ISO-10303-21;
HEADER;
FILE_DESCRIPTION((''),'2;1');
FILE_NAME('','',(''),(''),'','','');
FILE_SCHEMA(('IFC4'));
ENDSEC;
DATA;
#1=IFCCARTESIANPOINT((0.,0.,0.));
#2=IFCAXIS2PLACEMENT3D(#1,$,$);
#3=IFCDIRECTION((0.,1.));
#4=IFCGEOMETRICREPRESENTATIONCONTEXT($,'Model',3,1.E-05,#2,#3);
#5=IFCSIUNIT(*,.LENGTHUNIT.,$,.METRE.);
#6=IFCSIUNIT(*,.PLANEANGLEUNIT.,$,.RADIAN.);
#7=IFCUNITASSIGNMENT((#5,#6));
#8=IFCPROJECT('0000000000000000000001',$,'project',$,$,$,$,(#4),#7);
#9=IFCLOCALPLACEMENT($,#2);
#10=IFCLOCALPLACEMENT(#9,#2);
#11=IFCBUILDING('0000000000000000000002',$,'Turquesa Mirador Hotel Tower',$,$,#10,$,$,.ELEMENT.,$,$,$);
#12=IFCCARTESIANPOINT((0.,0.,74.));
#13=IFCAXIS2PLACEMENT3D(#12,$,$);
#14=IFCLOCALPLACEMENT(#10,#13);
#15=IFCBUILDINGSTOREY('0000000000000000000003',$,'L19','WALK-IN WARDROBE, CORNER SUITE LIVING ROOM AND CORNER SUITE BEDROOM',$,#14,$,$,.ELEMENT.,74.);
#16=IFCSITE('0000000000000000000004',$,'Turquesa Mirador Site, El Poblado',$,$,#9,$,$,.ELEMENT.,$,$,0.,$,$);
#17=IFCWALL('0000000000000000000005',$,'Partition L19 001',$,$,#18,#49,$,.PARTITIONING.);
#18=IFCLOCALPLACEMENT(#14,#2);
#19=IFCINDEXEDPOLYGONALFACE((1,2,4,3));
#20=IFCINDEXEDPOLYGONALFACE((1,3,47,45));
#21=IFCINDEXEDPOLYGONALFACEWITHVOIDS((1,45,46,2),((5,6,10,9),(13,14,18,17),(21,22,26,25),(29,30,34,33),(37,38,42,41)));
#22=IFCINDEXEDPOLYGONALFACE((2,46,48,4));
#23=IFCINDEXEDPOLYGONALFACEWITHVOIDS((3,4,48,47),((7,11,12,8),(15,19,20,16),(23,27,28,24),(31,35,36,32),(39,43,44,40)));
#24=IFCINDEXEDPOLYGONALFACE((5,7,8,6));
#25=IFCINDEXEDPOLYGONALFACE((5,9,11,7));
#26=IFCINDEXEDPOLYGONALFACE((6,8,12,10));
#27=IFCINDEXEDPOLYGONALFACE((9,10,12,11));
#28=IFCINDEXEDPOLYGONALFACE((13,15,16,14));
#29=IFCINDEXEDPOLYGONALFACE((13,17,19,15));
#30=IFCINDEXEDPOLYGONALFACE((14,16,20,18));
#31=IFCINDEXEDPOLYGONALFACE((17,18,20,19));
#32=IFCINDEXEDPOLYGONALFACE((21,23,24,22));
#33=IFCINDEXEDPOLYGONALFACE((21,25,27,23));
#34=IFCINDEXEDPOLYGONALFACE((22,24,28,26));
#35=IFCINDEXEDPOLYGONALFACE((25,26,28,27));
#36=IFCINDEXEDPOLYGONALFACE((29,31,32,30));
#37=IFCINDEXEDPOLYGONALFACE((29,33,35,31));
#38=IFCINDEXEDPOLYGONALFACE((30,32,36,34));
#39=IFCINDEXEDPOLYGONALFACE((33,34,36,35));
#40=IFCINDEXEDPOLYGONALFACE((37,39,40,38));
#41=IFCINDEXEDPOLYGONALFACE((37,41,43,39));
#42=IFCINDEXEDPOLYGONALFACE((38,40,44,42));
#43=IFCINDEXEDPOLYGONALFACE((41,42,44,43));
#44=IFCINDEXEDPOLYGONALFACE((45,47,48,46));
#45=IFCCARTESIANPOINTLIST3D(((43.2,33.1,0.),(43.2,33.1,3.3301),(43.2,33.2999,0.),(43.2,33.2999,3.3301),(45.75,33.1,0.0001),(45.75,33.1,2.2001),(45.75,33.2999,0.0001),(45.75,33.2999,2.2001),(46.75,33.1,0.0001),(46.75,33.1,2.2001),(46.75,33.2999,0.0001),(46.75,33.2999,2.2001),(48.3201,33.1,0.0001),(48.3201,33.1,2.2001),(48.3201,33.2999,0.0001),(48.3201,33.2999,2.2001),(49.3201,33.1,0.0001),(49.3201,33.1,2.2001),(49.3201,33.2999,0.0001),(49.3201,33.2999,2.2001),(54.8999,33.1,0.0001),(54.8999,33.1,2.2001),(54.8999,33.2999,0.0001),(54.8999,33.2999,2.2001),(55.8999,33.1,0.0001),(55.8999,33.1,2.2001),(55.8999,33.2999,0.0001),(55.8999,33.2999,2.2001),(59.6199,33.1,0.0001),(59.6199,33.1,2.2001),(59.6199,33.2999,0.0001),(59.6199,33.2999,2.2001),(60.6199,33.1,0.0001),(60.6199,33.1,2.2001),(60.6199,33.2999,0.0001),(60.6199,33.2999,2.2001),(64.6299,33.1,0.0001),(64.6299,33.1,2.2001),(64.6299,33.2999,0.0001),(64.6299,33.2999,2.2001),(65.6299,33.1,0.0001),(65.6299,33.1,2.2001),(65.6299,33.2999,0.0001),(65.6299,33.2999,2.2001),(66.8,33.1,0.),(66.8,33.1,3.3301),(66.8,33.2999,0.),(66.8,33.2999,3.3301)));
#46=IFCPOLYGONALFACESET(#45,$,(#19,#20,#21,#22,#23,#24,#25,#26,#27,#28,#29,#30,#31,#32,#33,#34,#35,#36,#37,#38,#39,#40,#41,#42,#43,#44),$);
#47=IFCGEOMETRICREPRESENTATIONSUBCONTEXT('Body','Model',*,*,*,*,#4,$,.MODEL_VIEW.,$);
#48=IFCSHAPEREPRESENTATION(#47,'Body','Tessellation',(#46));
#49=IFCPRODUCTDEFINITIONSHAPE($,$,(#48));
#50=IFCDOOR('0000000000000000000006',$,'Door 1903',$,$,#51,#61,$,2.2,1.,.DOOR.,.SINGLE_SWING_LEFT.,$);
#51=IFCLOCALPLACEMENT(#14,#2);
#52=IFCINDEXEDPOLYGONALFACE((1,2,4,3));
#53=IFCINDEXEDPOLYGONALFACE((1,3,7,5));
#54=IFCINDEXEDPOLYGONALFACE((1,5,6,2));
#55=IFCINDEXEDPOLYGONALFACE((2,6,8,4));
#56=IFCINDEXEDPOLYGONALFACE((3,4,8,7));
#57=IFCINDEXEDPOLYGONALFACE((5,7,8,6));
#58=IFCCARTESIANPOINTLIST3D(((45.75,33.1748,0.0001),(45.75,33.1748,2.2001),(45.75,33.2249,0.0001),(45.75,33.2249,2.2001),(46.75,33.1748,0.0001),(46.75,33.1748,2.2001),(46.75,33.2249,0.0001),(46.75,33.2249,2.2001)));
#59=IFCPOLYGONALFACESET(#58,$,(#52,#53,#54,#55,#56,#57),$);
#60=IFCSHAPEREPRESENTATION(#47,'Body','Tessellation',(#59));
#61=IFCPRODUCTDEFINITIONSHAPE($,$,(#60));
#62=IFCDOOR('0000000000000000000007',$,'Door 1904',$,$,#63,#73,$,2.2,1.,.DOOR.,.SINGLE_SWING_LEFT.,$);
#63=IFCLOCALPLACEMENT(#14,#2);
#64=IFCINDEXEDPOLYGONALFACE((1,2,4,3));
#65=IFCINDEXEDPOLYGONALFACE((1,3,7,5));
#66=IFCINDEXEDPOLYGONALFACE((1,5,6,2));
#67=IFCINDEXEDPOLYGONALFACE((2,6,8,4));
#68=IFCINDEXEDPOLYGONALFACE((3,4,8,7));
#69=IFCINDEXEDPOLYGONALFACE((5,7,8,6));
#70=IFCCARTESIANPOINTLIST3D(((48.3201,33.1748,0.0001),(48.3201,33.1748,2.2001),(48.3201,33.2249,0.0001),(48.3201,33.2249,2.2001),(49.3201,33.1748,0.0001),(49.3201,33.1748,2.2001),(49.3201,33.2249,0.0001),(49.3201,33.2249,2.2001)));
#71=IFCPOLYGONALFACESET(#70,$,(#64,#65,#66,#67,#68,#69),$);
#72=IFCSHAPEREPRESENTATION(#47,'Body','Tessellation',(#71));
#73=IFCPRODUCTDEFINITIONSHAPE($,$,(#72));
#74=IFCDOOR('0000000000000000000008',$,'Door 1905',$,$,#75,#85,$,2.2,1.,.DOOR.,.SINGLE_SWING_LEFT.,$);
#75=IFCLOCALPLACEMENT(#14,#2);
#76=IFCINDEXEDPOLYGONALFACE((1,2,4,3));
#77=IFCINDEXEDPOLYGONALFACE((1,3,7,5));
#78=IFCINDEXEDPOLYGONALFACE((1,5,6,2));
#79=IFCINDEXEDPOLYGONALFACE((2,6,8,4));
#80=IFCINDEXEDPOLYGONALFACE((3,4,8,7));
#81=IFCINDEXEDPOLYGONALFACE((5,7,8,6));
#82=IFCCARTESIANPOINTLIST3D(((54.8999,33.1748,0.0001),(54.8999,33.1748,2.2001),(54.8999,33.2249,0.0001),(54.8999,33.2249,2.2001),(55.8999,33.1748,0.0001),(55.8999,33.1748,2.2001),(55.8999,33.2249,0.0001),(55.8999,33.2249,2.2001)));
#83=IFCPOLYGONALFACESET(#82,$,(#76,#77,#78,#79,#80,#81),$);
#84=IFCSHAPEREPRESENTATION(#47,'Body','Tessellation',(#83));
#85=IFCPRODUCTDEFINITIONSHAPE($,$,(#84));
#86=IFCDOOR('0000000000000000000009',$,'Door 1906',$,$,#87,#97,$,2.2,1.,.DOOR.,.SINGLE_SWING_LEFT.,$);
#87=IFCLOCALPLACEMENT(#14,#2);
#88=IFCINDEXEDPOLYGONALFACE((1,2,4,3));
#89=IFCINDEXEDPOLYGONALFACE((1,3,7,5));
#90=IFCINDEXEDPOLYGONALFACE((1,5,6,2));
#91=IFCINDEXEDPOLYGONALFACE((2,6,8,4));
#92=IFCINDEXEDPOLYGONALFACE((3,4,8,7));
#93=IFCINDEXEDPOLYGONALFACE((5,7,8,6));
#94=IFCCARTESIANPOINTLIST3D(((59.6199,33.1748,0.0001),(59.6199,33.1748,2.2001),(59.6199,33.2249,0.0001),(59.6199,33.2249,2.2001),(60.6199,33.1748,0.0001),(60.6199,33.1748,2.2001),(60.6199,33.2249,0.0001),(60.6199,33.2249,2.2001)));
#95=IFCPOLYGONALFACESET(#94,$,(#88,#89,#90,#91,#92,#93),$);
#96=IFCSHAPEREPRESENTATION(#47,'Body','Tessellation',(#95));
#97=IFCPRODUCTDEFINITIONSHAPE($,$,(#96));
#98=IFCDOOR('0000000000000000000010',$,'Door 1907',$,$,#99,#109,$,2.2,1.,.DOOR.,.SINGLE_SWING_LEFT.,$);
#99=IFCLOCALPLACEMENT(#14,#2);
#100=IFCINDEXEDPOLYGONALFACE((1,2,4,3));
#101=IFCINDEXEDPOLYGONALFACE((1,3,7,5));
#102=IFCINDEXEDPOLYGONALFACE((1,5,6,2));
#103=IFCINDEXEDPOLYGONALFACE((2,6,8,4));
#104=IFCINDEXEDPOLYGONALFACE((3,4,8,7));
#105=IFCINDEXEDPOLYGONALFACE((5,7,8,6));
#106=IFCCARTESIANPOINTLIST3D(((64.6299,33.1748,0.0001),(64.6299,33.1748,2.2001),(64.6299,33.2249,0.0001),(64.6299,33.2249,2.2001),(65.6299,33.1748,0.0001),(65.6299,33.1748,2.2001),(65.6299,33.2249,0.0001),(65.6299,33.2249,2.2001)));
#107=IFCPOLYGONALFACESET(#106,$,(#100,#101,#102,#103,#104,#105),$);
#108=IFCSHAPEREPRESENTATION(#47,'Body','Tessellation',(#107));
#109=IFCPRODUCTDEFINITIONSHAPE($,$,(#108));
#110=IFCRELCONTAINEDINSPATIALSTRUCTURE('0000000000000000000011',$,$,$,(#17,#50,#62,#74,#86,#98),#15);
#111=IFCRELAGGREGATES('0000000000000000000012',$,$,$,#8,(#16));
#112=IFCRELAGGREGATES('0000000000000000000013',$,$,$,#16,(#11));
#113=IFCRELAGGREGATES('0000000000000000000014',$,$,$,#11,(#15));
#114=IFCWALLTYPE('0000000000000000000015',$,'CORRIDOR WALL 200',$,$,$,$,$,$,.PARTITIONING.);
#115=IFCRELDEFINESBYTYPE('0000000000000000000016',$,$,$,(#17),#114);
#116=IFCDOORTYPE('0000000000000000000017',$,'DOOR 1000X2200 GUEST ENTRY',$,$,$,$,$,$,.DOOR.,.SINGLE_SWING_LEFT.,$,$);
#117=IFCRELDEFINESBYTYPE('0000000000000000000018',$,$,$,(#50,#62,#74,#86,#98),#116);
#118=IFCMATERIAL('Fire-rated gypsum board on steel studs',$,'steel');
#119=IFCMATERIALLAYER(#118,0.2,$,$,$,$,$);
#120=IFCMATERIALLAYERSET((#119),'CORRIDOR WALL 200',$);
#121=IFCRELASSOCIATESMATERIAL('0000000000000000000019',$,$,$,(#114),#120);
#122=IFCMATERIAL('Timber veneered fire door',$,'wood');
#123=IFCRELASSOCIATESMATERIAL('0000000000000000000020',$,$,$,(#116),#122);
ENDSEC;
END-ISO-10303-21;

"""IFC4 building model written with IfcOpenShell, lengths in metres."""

from ifc_helpers import new_model, si_unit, direction, frame, frame_2d, origin, place, context, subcontext, project, spatial, rectangle, extrude, material, layer, layer_set, type_object, element, fill, save


model = new_model("IFC4")

# Units and contexts
model_context = context("Model", 3, precision=1e-05, world=origin(), true_north=direction((0.0, 1.0)))
body_context = subcontext(model_context, "Body", "Model", "MODEL_VIEW")
ifc_project = project(units=[si_unit("LENGTHUNIT", "METRE"), si_unit("PLANEANGLEUNIT", "RADIAN")], contexts=[model_context])

# Site, building, storey
site_placement = place(None, origin())
site = spatial("IfcSite", under=ifc_project, at=site_placement, Name="Turquesa Mirador Site, El Poblado", CompositionType="ELEMENT", RefElevation=0.0)
building_placement = place(site_placement, origin())
building = spatial("IfcBuilding", under=site, at=building_placement, Name="Turquesa Mirador Hotel Tower", CompositionType="ELEMENT")
storey_placement = place(building_placement, frame((0.0, 0.0, 74.0)))
storey = spatial("IfcBuildingStorey", under=building, at=storey_placement, Name="L19", Description="WALK-IN WARDROBE, CORNER SUITE LIVING ROOM AND CORNER SUITE BEDROOM", CompositionType="ELEMENT", Elevation=74.0)

# Wall, openings, doors
ifc_material_1 = material(Name="Fire-rated gypsum board on steel studs", Category="steel")
ifc_layer_1 = layer(ifc_material_1, 0.2)
ifc_layer_set_1 = layer_set([ifc_layer_1], Name="CORRIDOR WALL 200")
wall_type_1 = type_object("IfcWallType", Name="CORRIDOR WALL 200", PredefinedType="PARTITIONING", material=ifc_layer_set_1)
wall_1_placement = place(storey_placement, frame((43.2, 33.2, 0.0), z_axis=(0.0, 0.0, 1.0), x_axis=(1.0, 0.0, 0.0)))
wall_1 = element("IfcWall", 1, at=wall_1_placement, inside=storey, type_object=wall_type_1, Name="Partition L19 001", PredefinedType="PARTITIONING", context=body_context, shape_type="SweptSolid", body=[
    extrude(rectangle(XDim=23.6001, YDim=0.2, at=frame_2d((11.8, 0.0))), origin(), (0.0, 0.0, 1.0), 3.3301),
])
opening_1_placement = place(wall_1_placement, frame((2.55, 0.0, 0.0)))
opening_1 = element("IfcOpeningElement", 2, at=opening_1_placement, cuts=wall_1, PredefinedType="OPENING", context=body_context, shape_type="SweptSolid", body=[
    extrude(rectangle(XDim=1.0, YDim=2.2, at=frame_2d((0.5, 1.1001))), frame((0.0, 0.1099, 0.0), z_axis=(0.0, -1.0, 0.0), x_axis=(1.0, 0.0, 0.0)), (0.0, 0.0, 1.0), 0.22),
])
opening_2_placement = place(wall_1_placement, frame((5.1201, 0.0, 0.0)))
opening_2 = element("IfcOpeningElement", 3, at=opening_2_placement, cuts=wall_1, PredefinedType="OPENING", context=body_context, shape_type="SweptSolid", body=[
    extrude(rectangle(XDim=1.0, YDim=2.2, at=frame_2d((0.5, 1.1001))), frame((0.0, 0.1099, 0.0), z_axis=(0.0, -1.0, 0.0), x_axis=(1.0, 0.0, 0.0)), (0.0, 0.0, 1.0), 0.22),
])
opening_3_placement = place(wall_1_placement, frame((11.7, 0.0, 0.0)))
opening_3 = element("IfcOpeningElement", 4, at=opening_3_placement, cuts=wall_1, PredefinedType="OPENING", context=body_context, shape_type="SweptSolid", body=[
    extrude(rectangle(XDim=1.0, YDim=2.2, at=frame_2d((0.5, 1.1001))), frame((0.0, 0.1099, 0.0), z_axis=(0.0, -1.0, 0.0), x_axis=(1.0, 0.0, 0.0)), (0.0, 0.0, 1.0), 0.22),
])
opening_4_placement = place(wall_1_placement, frame((16.4199, 0.0, 0.0)))
opening_4 = element("IfcOpeningElement", 5, at=opening_4_placement, cuts=wall_1, PredefinedType="OPENING", context=body_context, shape_type="SweptSolid", body=[
    extrude(rectangle(XDim=1.0, YDim=2.2, at=frame_2d((0.5, 1.1001))), frame((0.0, 0.1099, 0.0), z_axis=(0.0, -1.0, 0.0), x_axis=(1.0, 0.0, 0.0)), (0.0, 0.0, 1.0), 0.22),
])
opening_5_placement = place(wall_1_placement, frame((21.4299, 0.0, 0.0)))
opening_5 = element("IfcOpeningElement", 6, at=opening_5_placement, cuts=wall_1, PredefinedType="OPENING", context=body_context, shape_type="SweptSolid", body=[
    extrude(rectangle(XDim=1.0, YDim=2.2, at=frame_2d((0.5, 1.1001))), frame((0.0, 0.1099, 0.0), z_axis=(0.0, -1.0, 0.0), x_axis=(1.0, 0.0, 0.0)), (0.0, 0.0, 1.0), 0.22),
])
ifc_material_2 = material(Name="Timber veneered fire door", Category="wood")
door_type_1 = type_object("IfcDoorType", Name="DOOR 1000X2200 GUEST ENTRY", OperationType="SINGLE_SWING_LEFT", PredefinedType="DOOR", material=ifc_material_2)
door_1_placement = place(opening_1_placement, origin())
door_1 = element("IfcDoor", 7, at=door_1_placement, inside=storey, type_object=door_type_1, Name="Door 1903", OperationType="SINGLE_SWING_LEFT", OverallHeight=2.2, OverallWidth=1.0, PredefinedType="DOOR", context=body_context, shape_type="SweptSolid", body=[
    extrude(rectangle(XDim=1.0, YDim=2.2, at=frame_2d((0.5, 1.1001))), frame((0.0, 0.0249, 0.0), z_axis=(0.0, -1.0, 0.0), x_axis=(1.0, 0.0, 0.0)), (0.0, 0.0, 1.0), 0.05),
])
fill(opening_1, door_1)
door_2_placement = place(opening_2_placement, origin())
door_2 = element("IfcDoor", 8, at=door_2_placement, inside=storey, type_object=door_type_1, Name="Door 1904", OperationType="SINGLE_SWING_LEFT", OverallHeight=2.2, OverallWidth=1.0, PredefinedType="DOOR", context=body_context, shape_type="SweptSolid", body=[
    extrude(rectangle(XDim=1.0, YDim=2.2, at=frame_2d((0.5, 1.1001))), frame((0.0, 0.0249, 0.0), z_axis=(0.0, -1.0, 0.0), x_axis=(1.0, 0.0, 0.0)), (0.0, 0.0, 1.0), 0.05),
])
fill(opening_2, door_2)
door_3_placement = place(opening_3_placement, origin())
door_3 = element("IfcDoor", 9, at=door_3_placement, inside=storey, type_object=door_type_1, Name="Door 1905", OperationType="SINGLE_SWING_LEFT", OverallHeight=2.2, OverallWidth=1.0, PredefinedType="DOOR", context=body_context, shape_type="SweptSolid", body=[
    extrude(rectangle(XDim=1.0, YDim=2.2, at=frame_2d((0.5, 1.1001))), frame((0.0, 0.0249, 0.0), z_axis=(0.0, -1.0, 0.0), x_axis=(1.0, 0.0, 0.0)), (0.0, 0.0, 1.0), 0.05),
])
fill(opening_3, door_3)
door_4_placement = place(opening_4_placement, origin())
door_4 = element("IfcDoor", 10, at=door_4_placement, inside=storey, type_object=door_type_1, Name="Door 1906", OperationType="SINGLE_SWING_LEFT", OverallHeight=2.2, OverallWidth=1.0, PredefinedType="DOOR", context=body_context, shape_type="SweptSolid", body=[
    extrude(rectangle(XDim=1.0, YDim=2.2, at=frame_2d((0.5, 1.1001))), frame((0.0, 0.0249, 0.0), z_axis=(0.0, -1.0, 0.0), x_axis=(1.0, 0.0, 0.0)), (0.0, 0.0, 1.0), 0.05),
])
fill(opening_4, door_4)
door_5_placement = place(opening_5_placement, origin())
door_5 = element("IfcDoor", 11, at=door_5_placement, inside=storey, type_object=door_type_1, Name="Door 1907", OperationType="SINGLE_SWING_LEFT", OverallHeight=2.2, OverallWidth=1.0, PredefinedType="DOOR", context=body_context, shape_type="SweptSolid", body=[
    extrude(rectangle(XDim=1.0, YDim=2.2, at=frame_2d((0.5, 1.1001))), frame((0.0, 0.0249, 0.0), z_axis=(0.0, -1.0, 0.0), x_axis=(1.0, 0.0, 0.0)), (0.0, 0.0, 1.0), 0.05),
])
fill(opening_5, door_5)

save(model, "model.ifc")
